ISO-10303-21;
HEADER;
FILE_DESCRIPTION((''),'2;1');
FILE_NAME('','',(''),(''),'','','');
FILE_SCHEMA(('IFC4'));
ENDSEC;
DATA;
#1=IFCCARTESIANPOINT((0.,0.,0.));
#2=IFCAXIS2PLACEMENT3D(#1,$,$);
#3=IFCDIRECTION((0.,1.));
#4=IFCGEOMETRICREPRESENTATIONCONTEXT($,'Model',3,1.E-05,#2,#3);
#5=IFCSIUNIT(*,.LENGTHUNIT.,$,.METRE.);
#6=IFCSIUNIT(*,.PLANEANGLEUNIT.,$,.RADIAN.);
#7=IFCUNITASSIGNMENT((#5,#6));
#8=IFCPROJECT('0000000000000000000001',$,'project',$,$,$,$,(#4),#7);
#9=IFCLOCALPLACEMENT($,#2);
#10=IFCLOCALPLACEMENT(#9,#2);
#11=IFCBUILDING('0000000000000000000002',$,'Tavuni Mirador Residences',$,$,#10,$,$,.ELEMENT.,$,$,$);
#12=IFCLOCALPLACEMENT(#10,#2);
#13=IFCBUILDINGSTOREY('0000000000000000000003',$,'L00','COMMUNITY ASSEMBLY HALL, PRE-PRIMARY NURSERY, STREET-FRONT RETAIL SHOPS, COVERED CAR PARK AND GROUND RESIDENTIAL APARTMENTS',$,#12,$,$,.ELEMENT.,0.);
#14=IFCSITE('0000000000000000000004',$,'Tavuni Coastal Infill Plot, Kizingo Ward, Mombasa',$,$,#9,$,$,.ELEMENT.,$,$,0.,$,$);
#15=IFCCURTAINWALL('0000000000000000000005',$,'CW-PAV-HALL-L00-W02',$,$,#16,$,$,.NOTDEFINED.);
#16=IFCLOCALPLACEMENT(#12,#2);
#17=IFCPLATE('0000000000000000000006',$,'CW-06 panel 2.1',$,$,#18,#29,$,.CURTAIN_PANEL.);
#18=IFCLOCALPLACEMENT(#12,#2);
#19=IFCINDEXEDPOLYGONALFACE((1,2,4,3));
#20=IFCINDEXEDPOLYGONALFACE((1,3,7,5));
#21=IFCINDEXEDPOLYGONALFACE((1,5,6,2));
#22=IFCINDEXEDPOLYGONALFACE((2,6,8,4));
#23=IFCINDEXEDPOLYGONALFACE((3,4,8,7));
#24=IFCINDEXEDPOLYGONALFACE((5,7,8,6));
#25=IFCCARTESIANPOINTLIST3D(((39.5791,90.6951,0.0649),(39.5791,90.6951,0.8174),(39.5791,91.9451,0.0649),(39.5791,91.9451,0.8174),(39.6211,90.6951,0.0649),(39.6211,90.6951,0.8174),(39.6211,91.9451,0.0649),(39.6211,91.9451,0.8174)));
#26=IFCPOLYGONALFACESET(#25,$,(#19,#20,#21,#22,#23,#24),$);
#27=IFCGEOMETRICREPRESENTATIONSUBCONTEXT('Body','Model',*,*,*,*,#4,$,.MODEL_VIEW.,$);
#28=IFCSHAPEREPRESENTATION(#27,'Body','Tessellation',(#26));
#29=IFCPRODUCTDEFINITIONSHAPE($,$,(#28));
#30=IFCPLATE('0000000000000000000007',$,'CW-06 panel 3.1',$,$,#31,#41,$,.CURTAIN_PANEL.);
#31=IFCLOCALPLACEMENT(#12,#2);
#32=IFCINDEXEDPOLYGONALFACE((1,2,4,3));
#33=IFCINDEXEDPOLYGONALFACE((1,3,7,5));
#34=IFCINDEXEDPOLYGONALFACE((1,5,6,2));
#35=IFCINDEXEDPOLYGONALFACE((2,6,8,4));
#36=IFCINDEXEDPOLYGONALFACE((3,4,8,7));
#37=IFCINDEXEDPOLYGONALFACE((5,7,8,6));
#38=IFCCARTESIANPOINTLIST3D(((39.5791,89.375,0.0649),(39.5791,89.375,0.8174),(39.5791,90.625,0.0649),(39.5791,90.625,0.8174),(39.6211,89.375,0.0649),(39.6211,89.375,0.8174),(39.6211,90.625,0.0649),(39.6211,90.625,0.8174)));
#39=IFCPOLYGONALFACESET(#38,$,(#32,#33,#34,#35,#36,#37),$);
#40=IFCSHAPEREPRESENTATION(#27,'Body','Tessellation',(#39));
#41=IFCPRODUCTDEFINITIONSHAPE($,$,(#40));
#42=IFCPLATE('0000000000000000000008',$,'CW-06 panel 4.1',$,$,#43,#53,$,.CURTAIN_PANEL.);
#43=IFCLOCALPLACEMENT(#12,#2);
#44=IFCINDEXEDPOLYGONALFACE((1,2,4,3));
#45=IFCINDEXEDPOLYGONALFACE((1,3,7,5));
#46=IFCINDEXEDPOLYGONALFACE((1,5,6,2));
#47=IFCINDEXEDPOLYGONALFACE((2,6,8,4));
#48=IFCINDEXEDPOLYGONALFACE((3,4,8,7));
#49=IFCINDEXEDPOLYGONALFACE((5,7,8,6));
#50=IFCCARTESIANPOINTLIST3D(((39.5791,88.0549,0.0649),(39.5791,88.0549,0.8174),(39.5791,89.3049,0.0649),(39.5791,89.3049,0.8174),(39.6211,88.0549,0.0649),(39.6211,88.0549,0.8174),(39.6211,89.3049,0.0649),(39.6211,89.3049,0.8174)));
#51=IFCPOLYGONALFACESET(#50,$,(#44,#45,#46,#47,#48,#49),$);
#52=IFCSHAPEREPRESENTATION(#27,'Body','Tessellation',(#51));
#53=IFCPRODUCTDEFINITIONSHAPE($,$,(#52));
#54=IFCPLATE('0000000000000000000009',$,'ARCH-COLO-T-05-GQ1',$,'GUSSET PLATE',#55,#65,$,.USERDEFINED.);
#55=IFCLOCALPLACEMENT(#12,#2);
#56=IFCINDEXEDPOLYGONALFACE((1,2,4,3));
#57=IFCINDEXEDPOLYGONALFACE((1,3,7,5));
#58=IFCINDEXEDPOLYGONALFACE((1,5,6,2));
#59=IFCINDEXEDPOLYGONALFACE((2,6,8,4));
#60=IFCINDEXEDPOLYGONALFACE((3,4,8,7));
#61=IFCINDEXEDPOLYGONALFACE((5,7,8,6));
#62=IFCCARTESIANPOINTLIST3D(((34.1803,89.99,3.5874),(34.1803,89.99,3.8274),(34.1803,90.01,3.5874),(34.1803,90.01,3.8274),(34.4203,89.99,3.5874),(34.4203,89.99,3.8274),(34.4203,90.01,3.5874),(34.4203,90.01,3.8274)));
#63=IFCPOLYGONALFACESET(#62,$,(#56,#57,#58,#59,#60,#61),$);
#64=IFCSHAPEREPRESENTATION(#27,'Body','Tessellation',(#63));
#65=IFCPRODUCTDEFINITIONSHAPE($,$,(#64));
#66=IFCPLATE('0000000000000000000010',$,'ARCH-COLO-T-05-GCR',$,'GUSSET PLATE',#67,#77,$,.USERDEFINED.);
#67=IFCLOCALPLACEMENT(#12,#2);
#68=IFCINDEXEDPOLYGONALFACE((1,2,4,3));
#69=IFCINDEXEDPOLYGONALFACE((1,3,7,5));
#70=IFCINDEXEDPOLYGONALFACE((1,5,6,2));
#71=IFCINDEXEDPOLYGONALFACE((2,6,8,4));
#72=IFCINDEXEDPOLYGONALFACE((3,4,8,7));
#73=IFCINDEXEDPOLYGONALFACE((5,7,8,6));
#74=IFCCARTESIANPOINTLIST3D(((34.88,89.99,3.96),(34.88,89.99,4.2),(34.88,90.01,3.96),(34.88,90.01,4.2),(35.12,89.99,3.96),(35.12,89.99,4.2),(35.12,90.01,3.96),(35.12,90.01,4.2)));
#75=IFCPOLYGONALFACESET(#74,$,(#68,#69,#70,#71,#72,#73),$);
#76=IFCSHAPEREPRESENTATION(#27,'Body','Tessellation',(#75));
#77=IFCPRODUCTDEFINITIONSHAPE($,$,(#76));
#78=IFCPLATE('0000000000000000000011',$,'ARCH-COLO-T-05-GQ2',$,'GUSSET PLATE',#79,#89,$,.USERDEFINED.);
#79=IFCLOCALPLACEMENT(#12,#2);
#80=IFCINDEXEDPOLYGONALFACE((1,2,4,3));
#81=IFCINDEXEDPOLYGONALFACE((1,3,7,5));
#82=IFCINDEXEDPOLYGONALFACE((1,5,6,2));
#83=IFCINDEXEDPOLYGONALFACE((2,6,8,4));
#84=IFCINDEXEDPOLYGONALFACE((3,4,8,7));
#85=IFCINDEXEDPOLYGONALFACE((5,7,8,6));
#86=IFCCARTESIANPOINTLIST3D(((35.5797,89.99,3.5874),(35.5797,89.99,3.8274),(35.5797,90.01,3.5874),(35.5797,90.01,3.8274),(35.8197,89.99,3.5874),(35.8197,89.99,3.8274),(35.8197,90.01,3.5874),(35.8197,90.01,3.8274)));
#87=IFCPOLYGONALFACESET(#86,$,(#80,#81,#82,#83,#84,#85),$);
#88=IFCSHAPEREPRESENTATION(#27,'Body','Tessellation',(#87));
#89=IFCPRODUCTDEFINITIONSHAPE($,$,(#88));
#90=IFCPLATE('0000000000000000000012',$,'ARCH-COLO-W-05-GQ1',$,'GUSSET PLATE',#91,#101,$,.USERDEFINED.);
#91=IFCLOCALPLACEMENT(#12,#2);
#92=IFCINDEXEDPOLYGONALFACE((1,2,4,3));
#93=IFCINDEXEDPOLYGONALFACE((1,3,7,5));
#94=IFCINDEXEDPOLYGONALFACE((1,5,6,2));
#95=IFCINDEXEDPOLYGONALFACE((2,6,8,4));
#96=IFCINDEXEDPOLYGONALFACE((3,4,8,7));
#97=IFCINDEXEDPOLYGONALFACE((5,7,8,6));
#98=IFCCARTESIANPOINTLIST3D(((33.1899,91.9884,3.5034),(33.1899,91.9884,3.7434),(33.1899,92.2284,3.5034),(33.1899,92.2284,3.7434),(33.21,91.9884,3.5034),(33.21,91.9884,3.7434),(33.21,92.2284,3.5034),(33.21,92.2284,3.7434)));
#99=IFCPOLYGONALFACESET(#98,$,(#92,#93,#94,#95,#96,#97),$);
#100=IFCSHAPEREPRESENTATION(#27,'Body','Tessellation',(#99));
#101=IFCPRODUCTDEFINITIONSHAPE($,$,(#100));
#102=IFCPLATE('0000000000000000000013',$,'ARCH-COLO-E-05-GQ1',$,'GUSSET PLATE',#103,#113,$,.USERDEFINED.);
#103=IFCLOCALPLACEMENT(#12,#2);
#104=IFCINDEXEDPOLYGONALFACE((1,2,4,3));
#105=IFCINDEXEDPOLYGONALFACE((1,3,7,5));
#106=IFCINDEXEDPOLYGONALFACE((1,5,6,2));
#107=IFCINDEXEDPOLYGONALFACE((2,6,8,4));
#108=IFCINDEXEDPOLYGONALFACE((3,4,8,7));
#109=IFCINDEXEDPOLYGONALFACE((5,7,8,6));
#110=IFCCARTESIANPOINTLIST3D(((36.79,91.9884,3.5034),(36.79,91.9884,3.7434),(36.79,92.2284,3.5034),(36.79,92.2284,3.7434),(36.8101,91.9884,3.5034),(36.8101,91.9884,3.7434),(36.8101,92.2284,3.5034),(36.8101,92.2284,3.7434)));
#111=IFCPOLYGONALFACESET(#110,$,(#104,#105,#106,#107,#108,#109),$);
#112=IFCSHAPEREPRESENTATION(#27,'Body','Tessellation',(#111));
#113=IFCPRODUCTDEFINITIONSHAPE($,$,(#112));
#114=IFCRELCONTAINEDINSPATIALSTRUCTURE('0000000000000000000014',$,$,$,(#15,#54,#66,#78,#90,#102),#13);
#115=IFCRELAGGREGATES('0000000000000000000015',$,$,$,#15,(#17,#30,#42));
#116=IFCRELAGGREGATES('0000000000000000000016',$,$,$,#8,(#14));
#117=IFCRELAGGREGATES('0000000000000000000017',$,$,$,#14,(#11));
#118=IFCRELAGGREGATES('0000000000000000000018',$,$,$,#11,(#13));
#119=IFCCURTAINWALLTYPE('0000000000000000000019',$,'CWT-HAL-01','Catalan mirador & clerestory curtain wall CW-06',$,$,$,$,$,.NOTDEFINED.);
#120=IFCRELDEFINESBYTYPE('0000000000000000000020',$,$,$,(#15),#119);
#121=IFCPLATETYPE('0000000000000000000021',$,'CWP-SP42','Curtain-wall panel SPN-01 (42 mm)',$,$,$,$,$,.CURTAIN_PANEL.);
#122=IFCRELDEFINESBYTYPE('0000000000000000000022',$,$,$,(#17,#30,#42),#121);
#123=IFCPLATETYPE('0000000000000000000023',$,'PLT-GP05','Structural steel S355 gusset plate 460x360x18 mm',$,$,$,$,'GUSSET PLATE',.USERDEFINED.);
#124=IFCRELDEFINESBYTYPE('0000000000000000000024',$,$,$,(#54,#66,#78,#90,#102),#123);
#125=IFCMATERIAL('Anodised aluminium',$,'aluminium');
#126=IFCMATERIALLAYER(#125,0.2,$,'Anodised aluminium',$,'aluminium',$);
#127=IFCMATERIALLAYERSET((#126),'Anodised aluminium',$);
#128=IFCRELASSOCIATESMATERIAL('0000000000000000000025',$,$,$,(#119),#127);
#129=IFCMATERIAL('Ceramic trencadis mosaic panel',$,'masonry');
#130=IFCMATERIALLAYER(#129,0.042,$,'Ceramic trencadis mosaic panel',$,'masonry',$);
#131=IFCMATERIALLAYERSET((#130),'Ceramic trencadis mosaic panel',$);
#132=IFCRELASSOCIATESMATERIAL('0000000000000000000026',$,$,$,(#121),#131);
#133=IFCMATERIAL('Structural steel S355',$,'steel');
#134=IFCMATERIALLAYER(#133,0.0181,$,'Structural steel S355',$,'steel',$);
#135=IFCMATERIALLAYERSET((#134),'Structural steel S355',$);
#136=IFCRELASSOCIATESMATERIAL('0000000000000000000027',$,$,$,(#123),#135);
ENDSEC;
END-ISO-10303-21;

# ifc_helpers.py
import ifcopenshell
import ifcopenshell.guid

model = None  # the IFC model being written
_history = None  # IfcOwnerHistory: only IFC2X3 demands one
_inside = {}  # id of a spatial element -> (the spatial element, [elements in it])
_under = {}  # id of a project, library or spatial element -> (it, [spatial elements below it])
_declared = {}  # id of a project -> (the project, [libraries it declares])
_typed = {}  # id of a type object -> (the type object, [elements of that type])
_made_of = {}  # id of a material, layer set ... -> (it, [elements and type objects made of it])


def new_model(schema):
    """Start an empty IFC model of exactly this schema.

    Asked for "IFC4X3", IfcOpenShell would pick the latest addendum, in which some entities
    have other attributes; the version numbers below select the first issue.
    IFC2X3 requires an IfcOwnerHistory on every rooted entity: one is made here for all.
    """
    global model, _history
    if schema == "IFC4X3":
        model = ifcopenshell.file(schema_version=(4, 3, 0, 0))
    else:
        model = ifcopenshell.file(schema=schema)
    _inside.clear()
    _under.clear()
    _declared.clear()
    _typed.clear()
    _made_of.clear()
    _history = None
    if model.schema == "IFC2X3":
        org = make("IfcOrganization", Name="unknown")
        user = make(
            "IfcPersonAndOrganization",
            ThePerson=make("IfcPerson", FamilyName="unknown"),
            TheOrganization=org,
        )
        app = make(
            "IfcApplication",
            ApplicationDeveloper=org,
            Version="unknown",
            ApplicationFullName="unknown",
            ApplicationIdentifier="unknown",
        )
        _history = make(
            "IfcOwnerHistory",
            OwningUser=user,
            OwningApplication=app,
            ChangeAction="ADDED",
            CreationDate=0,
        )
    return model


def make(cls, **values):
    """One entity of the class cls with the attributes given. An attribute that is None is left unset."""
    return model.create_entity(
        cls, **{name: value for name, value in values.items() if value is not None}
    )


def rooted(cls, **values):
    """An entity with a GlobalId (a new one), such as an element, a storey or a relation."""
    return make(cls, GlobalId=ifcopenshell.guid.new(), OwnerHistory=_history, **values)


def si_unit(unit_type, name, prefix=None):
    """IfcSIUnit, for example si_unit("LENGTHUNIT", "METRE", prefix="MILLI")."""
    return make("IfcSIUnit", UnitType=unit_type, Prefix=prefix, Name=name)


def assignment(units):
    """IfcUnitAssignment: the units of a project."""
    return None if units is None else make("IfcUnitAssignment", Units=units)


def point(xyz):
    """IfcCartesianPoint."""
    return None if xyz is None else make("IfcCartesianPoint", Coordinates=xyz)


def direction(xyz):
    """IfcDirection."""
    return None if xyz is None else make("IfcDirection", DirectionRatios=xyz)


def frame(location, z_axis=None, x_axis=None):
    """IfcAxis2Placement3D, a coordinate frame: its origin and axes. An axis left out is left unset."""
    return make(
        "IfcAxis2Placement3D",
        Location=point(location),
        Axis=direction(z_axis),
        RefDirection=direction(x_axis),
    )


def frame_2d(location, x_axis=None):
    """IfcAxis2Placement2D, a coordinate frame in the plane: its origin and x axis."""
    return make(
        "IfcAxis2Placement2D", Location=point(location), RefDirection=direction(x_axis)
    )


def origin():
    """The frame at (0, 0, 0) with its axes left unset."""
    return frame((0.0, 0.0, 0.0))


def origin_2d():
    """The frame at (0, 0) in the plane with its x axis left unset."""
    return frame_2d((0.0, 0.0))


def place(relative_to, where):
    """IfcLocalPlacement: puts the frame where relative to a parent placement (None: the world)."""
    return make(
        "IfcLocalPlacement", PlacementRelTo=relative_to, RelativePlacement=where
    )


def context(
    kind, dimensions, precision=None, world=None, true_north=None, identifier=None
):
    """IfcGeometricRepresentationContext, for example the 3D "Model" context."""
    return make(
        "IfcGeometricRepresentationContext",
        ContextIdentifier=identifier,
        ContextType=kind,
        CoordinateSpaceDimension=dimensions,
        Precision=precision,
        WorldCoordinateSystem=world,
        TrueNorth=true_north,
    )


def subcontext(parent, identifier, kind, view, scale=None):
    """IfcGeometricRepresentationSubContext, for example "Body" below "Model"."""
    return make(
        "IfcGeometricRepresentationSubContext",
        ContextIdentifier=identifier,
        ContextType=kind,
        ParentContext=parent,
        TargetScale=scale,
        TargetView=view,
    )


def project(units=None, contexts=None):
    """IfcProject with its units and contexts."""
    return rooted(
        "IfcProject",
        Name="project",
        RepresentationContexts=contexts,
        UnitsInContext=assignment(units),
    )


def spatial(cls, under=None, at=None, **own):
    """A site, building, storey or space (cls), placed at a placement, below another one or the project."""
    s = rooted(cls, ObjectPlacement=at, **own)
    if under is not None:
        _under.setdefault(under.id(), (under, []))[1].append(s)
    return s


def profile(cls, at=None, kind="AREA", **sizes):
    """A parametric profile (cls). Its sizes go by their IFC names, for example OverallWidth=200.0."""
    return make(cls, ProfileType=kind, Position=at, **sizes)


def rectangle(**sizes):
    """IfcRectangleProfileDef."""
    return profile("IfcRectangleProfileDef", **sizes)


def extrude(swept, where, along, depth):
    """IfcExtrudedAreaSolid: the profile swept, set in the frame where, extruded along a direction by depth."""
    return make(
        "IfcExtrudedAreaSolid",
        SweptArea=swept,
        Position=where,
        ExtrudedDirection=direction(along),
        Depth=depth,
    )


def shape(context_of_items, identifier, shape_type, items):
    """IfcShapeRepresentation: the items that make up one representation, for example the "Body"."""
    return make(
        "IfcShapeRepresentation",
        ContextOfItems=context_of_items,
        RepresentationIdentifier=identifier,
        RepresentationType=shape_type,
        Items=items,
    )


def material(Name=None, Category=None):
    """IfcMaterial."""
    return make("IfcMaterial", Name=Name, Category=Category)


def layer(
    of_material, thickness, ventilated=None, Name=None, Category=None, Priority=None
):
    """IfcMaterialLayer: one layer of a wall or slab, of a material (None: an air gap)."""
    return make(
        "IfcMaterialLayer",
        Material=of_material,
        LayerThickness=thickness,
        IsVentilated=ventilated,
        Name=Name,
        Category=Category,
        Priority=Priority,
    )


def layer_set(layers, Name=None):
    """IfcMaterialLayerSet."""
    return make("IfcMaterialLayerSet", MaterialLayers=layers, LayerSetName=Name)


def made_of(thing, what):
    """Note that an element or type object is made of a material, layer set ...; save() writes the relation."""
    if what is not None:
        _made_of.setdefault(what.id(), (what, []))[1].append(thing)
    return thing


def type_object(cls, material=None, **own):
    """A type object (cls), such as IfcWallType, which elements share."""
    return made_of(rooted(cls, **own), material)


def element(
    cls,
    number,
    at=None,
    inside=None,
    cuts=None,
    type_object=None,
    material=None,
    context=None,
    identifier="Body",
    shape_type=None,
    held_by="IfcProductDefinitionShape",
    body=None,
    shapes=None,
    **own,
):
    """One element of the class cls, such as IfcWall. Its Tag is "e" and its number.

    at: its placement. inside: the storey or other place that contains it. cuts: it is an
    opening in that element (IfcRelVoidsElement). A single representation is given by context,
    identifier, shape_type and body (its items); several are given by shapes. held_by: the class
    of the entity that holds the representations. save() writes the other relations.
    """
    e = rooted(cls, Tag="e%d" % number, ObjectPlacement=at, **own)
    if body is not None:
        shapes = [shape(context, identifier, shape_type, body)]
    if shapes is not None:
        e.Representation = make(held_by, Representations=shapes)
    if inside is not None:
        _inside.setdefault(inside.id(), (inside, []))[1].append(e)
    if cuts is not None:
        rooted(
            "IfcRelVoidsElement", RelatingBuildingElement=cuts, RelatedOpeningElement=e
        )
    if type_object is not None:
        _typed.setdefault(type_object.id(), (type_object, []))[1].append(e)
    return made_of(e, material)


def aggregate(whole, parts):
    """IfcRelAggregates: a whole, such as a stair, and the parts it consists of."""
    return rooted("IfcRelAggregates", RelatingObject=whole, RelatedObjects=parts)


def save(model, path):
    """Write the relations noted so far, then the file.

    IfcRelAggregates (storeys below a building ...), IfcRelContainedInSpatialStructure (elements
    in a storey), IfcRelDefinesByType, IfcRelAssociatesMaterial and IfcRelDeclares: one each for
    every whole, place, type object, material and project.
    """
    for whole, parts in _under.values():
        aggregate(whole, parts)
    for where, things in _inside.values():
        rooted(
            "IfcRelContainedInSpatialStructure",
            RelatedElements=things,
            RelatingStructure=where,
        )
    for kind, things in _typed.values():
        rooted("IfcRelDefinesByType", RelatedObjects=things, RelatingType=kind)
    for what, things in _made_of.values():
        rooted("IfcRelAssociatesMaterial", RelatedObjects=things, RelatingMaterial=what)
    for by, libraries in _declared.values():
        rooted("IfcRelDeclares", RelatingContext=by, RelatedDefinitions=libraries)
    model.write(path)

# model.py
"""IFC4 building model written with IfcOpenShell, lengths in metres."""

from ifc_helpers import new_model, si_unit, direction, frame, origin, origin_2d, place, context, subcontext, project, spatial, rectangle, extrude, material, layer, layer_set, type_object, element, aggregate, save


model = new_model("IFC4")

# Units and contexts
model_context = context("Model", 3, precision=1e-05, world=origin(), true_north=direction((0.0, 1.0)))
body_context = subcontext(model_context, "Body", "Model", "MODEL_VIEW")
ifc_project = project(units=[si_unit("LENGTHUNIT", "METRE"), si_unit("PLANEANGLEUNIT", "RADIAN")], contexts=[model_context])

# Site, building, storey
site_placement = place(None, origin())
site = spatial("IfcSite", under=ifc_project, at=site_placement, Name="Tavuni Coastal Infill Plot, Kizingo Ward, Mombasa", CompositionType="ELEMENT", RefElevation=0.0)
building_placement = place(site_placement, origin())
building = spatial("IfcBuilding", under=site, at=building_placement, Name="Tavuni Mirador Residences", CompositionType="ELEMENT")
storey_placement = place(building_placement, origin())
storey = spatial("IfcBuildingStorey", under=building, at=storey_placement, Name="L00", Description="COMMUNITY ASSEMBLY HALL, PRE-PRIMARY NURSERY, STREET-FRONT RETAIL SHOPS, COVERED CAR PARK AND GROUND RESIDENTIAL APARTMENTS", CompositionType="ELEMENT", Elevation=0.0)

# Curtain wall
ifc_material_1 = material(Name="Anodised aluminium", Category="aluminium")
ifc_layer_1 = layer(ifc_material_1, 0.2, Name="Anodised aluminium", Category="aluminium")
ifc_layer_set_1 = layer_set([ifc_layer_1], Name="Anodised aluminium")
curtain_wall_type = type_object("IfcCurtainWallType", Name="CWT-HAL-01", Description="Catalan mirador & clerestory curtain wall CW-06", PredefinedType="NOTDEFINED", material=ifc_layer_set_1)
curtain_wall_placement = place(storey_placement, origin())
curtain_wall = element("IfcCurtainWall", 1, at=curtain_wall_placement, inside=storey, type_object=curtain_wall_type, Name="CW-PAV-HALL-L00-W02", PredefinedType="NOTDEFINED")

# Shared definitions
ifc_material_2 = material(Name="Structural steel S355", Category="steel")

# Plates
ifc_material_3 = material(Name="Ceramic trencadis mosaic panel", Category="masonry")
ifc_layer_2 = layer(ifc_material_3, 0.042, Name="Ceramic trencadis mosaic panel", Category="masonry")
ifc_layer_set_2 = layer_set([ifc_layer_2], Name="Ceramic trencadis mosaic panel")
plate_type_1 = type_object("IfcPlateType", Name="CWP-SP42", Description="Curtain-wall panel SPN-01 (42 mm)", PredefinedType="CURTAIN_PANEL", material=ifc_layer_set_2)
plate_1_placement = place(storey_placement, frame((39.6001, 91.3201, 0.0649), z_axis=(0.0, 0.0, 1.0), x_axis=(0.0, -1.0, 0.0)))
plate_1 = element("IfcPlate", 2, at=plate_1_placement, type_object=plate_type_1, Name="CW-06 panel 2.1", PredefinedType="CURTAIN_PANEL", context=body_context, shape_type="SweptSolid", body=[
    extrude(rectangle(XDim=1.25, YDim=0.042, at=origin_2d()), origin(), (0.0, 0.0, 1.0), 0.7524),
])
plate_2_placement = place(storey_placement, frame((39.6001, 90.0, 0.0649), z_axis=(0.0, 0.0, 1.0), x_axis=(0.0, -1.0, 0.0)))
plate_2 = element("IfcPlate", 3, at=plate_2_placement, type_object=plate_type_1, Name="CW-06 panel 3.1", PredefinedType="CURTAIN_PANEL", context=body_context, shape_type="SweptSolid", body=[
    extrude(rectangle(XDim=1.25, YDim=0.042, at=origin_2d()), origin(), (0.0, 0.0, 1.0), 0.7524),
])
plate_3_placement = place(storey_placement, frame((39.6001, 88.6799, 0.0649), z_axis=(0.0, 0.0, 1.0), x_axis=(0.0, -1.0, 0.0)))
plate_3 = element("IfcPlate", 4, at=plate_3_placement, type_object=plate_type_1, Name="CW-06 panel 4.1", PredefinedType="CURTAIN_PANEL", context=body_context, shape_type="SweptSolid", body=[
    extrude(rectangle(XDim=1.25, YDim=0.042, at=origin_2d()), origin(), (0.0, 0.0, 1.0), 0.7524),
])
aggregate(curtain_wall, [plate_1, plate_2, plate_3])

# Plates
ifc_layer_3 = layer(ifc_material_2, 0.0181, Name="Structural steel S355", Category="steel")
ifc_layer_set_3 = layer_set([ifc_layer_3], Name="Structural steel S355")
plate_type_2 = type_object("IfcPlateType", Name="PLT-GP05", Description="Structural steel S355 gusset plate 460x360x18 mm", ElementType="GUSSET PLATE", PredefinedType="USERDEFINED", material=ifc_layer_set_3)
for number, where, z_axis, x_axis, name in (
    (5, (34.3003, 90.0, 3.5874), (0.0, 0.0, 1.0), (1.0, 0.0, 0.0), "ARCH-COLO-T-05-GQ1"),
    (6, (35.0, 90.0, 3.96), (0.0, 0.0, 1.0), (1.0, 0.0, 0.0), "ARCH-COLO-T-05-GCR"),
    (7, (35.6997, 90.0, 3.5874), (0.0, 0.0, 1.0), (1.0, 0.0, 0.0), "ARCH-COLO-T-05-GQ2"),
):
    element("IfcPlate", number, at=place(storey_placement, frame(where, z_axis=z_axis, x_axis=x_axis)), inside=storey, type_object=plate_type_2, Name=name, ObjectType="GUSSET PLATE", PredefinedType="USERDEFINED", context=body_context, shape_type="SweptSolid", body=[
        extrude(rectangle(XDim=0.24, YDim=0.02, at=origin_2d()), origin(), (0.0, 0.0, 1.0), 0.24),
    ])
for number, where, z_axis, x_axis, name in (
    (8, (33.2, 92.1084, 3.5034), (0.0, 0.0, 1.0), (1.0, 0.0, 0.0), "ARCH-COLO-W-05-GQ1"),
    (9, (36.8, 92.1084, 3.5034), (0.0, 0.0, 1.0), (1.0, 0.0, 0.0), "ARCH-COLO-E-05-GQ1"),
):
    element("IfcPlate", number, at=place(storey_placement, frame(where, z_axis=z_axis, x_axis=x_axis)), inside=storey, type_object=plate_type_2, Name=name, ObjectType="GUSSET PLATE", PredefinedType="USERDEFINED", context=body_context, shape_type="SweptSolid", body=[
        extrude(rectangle(XDim=0.02, YDim=0.24, at=origin_2d()), origin(), (0.0, 0.0, 1.0), 0.24),
    ])

save(model, "model.ifc")
